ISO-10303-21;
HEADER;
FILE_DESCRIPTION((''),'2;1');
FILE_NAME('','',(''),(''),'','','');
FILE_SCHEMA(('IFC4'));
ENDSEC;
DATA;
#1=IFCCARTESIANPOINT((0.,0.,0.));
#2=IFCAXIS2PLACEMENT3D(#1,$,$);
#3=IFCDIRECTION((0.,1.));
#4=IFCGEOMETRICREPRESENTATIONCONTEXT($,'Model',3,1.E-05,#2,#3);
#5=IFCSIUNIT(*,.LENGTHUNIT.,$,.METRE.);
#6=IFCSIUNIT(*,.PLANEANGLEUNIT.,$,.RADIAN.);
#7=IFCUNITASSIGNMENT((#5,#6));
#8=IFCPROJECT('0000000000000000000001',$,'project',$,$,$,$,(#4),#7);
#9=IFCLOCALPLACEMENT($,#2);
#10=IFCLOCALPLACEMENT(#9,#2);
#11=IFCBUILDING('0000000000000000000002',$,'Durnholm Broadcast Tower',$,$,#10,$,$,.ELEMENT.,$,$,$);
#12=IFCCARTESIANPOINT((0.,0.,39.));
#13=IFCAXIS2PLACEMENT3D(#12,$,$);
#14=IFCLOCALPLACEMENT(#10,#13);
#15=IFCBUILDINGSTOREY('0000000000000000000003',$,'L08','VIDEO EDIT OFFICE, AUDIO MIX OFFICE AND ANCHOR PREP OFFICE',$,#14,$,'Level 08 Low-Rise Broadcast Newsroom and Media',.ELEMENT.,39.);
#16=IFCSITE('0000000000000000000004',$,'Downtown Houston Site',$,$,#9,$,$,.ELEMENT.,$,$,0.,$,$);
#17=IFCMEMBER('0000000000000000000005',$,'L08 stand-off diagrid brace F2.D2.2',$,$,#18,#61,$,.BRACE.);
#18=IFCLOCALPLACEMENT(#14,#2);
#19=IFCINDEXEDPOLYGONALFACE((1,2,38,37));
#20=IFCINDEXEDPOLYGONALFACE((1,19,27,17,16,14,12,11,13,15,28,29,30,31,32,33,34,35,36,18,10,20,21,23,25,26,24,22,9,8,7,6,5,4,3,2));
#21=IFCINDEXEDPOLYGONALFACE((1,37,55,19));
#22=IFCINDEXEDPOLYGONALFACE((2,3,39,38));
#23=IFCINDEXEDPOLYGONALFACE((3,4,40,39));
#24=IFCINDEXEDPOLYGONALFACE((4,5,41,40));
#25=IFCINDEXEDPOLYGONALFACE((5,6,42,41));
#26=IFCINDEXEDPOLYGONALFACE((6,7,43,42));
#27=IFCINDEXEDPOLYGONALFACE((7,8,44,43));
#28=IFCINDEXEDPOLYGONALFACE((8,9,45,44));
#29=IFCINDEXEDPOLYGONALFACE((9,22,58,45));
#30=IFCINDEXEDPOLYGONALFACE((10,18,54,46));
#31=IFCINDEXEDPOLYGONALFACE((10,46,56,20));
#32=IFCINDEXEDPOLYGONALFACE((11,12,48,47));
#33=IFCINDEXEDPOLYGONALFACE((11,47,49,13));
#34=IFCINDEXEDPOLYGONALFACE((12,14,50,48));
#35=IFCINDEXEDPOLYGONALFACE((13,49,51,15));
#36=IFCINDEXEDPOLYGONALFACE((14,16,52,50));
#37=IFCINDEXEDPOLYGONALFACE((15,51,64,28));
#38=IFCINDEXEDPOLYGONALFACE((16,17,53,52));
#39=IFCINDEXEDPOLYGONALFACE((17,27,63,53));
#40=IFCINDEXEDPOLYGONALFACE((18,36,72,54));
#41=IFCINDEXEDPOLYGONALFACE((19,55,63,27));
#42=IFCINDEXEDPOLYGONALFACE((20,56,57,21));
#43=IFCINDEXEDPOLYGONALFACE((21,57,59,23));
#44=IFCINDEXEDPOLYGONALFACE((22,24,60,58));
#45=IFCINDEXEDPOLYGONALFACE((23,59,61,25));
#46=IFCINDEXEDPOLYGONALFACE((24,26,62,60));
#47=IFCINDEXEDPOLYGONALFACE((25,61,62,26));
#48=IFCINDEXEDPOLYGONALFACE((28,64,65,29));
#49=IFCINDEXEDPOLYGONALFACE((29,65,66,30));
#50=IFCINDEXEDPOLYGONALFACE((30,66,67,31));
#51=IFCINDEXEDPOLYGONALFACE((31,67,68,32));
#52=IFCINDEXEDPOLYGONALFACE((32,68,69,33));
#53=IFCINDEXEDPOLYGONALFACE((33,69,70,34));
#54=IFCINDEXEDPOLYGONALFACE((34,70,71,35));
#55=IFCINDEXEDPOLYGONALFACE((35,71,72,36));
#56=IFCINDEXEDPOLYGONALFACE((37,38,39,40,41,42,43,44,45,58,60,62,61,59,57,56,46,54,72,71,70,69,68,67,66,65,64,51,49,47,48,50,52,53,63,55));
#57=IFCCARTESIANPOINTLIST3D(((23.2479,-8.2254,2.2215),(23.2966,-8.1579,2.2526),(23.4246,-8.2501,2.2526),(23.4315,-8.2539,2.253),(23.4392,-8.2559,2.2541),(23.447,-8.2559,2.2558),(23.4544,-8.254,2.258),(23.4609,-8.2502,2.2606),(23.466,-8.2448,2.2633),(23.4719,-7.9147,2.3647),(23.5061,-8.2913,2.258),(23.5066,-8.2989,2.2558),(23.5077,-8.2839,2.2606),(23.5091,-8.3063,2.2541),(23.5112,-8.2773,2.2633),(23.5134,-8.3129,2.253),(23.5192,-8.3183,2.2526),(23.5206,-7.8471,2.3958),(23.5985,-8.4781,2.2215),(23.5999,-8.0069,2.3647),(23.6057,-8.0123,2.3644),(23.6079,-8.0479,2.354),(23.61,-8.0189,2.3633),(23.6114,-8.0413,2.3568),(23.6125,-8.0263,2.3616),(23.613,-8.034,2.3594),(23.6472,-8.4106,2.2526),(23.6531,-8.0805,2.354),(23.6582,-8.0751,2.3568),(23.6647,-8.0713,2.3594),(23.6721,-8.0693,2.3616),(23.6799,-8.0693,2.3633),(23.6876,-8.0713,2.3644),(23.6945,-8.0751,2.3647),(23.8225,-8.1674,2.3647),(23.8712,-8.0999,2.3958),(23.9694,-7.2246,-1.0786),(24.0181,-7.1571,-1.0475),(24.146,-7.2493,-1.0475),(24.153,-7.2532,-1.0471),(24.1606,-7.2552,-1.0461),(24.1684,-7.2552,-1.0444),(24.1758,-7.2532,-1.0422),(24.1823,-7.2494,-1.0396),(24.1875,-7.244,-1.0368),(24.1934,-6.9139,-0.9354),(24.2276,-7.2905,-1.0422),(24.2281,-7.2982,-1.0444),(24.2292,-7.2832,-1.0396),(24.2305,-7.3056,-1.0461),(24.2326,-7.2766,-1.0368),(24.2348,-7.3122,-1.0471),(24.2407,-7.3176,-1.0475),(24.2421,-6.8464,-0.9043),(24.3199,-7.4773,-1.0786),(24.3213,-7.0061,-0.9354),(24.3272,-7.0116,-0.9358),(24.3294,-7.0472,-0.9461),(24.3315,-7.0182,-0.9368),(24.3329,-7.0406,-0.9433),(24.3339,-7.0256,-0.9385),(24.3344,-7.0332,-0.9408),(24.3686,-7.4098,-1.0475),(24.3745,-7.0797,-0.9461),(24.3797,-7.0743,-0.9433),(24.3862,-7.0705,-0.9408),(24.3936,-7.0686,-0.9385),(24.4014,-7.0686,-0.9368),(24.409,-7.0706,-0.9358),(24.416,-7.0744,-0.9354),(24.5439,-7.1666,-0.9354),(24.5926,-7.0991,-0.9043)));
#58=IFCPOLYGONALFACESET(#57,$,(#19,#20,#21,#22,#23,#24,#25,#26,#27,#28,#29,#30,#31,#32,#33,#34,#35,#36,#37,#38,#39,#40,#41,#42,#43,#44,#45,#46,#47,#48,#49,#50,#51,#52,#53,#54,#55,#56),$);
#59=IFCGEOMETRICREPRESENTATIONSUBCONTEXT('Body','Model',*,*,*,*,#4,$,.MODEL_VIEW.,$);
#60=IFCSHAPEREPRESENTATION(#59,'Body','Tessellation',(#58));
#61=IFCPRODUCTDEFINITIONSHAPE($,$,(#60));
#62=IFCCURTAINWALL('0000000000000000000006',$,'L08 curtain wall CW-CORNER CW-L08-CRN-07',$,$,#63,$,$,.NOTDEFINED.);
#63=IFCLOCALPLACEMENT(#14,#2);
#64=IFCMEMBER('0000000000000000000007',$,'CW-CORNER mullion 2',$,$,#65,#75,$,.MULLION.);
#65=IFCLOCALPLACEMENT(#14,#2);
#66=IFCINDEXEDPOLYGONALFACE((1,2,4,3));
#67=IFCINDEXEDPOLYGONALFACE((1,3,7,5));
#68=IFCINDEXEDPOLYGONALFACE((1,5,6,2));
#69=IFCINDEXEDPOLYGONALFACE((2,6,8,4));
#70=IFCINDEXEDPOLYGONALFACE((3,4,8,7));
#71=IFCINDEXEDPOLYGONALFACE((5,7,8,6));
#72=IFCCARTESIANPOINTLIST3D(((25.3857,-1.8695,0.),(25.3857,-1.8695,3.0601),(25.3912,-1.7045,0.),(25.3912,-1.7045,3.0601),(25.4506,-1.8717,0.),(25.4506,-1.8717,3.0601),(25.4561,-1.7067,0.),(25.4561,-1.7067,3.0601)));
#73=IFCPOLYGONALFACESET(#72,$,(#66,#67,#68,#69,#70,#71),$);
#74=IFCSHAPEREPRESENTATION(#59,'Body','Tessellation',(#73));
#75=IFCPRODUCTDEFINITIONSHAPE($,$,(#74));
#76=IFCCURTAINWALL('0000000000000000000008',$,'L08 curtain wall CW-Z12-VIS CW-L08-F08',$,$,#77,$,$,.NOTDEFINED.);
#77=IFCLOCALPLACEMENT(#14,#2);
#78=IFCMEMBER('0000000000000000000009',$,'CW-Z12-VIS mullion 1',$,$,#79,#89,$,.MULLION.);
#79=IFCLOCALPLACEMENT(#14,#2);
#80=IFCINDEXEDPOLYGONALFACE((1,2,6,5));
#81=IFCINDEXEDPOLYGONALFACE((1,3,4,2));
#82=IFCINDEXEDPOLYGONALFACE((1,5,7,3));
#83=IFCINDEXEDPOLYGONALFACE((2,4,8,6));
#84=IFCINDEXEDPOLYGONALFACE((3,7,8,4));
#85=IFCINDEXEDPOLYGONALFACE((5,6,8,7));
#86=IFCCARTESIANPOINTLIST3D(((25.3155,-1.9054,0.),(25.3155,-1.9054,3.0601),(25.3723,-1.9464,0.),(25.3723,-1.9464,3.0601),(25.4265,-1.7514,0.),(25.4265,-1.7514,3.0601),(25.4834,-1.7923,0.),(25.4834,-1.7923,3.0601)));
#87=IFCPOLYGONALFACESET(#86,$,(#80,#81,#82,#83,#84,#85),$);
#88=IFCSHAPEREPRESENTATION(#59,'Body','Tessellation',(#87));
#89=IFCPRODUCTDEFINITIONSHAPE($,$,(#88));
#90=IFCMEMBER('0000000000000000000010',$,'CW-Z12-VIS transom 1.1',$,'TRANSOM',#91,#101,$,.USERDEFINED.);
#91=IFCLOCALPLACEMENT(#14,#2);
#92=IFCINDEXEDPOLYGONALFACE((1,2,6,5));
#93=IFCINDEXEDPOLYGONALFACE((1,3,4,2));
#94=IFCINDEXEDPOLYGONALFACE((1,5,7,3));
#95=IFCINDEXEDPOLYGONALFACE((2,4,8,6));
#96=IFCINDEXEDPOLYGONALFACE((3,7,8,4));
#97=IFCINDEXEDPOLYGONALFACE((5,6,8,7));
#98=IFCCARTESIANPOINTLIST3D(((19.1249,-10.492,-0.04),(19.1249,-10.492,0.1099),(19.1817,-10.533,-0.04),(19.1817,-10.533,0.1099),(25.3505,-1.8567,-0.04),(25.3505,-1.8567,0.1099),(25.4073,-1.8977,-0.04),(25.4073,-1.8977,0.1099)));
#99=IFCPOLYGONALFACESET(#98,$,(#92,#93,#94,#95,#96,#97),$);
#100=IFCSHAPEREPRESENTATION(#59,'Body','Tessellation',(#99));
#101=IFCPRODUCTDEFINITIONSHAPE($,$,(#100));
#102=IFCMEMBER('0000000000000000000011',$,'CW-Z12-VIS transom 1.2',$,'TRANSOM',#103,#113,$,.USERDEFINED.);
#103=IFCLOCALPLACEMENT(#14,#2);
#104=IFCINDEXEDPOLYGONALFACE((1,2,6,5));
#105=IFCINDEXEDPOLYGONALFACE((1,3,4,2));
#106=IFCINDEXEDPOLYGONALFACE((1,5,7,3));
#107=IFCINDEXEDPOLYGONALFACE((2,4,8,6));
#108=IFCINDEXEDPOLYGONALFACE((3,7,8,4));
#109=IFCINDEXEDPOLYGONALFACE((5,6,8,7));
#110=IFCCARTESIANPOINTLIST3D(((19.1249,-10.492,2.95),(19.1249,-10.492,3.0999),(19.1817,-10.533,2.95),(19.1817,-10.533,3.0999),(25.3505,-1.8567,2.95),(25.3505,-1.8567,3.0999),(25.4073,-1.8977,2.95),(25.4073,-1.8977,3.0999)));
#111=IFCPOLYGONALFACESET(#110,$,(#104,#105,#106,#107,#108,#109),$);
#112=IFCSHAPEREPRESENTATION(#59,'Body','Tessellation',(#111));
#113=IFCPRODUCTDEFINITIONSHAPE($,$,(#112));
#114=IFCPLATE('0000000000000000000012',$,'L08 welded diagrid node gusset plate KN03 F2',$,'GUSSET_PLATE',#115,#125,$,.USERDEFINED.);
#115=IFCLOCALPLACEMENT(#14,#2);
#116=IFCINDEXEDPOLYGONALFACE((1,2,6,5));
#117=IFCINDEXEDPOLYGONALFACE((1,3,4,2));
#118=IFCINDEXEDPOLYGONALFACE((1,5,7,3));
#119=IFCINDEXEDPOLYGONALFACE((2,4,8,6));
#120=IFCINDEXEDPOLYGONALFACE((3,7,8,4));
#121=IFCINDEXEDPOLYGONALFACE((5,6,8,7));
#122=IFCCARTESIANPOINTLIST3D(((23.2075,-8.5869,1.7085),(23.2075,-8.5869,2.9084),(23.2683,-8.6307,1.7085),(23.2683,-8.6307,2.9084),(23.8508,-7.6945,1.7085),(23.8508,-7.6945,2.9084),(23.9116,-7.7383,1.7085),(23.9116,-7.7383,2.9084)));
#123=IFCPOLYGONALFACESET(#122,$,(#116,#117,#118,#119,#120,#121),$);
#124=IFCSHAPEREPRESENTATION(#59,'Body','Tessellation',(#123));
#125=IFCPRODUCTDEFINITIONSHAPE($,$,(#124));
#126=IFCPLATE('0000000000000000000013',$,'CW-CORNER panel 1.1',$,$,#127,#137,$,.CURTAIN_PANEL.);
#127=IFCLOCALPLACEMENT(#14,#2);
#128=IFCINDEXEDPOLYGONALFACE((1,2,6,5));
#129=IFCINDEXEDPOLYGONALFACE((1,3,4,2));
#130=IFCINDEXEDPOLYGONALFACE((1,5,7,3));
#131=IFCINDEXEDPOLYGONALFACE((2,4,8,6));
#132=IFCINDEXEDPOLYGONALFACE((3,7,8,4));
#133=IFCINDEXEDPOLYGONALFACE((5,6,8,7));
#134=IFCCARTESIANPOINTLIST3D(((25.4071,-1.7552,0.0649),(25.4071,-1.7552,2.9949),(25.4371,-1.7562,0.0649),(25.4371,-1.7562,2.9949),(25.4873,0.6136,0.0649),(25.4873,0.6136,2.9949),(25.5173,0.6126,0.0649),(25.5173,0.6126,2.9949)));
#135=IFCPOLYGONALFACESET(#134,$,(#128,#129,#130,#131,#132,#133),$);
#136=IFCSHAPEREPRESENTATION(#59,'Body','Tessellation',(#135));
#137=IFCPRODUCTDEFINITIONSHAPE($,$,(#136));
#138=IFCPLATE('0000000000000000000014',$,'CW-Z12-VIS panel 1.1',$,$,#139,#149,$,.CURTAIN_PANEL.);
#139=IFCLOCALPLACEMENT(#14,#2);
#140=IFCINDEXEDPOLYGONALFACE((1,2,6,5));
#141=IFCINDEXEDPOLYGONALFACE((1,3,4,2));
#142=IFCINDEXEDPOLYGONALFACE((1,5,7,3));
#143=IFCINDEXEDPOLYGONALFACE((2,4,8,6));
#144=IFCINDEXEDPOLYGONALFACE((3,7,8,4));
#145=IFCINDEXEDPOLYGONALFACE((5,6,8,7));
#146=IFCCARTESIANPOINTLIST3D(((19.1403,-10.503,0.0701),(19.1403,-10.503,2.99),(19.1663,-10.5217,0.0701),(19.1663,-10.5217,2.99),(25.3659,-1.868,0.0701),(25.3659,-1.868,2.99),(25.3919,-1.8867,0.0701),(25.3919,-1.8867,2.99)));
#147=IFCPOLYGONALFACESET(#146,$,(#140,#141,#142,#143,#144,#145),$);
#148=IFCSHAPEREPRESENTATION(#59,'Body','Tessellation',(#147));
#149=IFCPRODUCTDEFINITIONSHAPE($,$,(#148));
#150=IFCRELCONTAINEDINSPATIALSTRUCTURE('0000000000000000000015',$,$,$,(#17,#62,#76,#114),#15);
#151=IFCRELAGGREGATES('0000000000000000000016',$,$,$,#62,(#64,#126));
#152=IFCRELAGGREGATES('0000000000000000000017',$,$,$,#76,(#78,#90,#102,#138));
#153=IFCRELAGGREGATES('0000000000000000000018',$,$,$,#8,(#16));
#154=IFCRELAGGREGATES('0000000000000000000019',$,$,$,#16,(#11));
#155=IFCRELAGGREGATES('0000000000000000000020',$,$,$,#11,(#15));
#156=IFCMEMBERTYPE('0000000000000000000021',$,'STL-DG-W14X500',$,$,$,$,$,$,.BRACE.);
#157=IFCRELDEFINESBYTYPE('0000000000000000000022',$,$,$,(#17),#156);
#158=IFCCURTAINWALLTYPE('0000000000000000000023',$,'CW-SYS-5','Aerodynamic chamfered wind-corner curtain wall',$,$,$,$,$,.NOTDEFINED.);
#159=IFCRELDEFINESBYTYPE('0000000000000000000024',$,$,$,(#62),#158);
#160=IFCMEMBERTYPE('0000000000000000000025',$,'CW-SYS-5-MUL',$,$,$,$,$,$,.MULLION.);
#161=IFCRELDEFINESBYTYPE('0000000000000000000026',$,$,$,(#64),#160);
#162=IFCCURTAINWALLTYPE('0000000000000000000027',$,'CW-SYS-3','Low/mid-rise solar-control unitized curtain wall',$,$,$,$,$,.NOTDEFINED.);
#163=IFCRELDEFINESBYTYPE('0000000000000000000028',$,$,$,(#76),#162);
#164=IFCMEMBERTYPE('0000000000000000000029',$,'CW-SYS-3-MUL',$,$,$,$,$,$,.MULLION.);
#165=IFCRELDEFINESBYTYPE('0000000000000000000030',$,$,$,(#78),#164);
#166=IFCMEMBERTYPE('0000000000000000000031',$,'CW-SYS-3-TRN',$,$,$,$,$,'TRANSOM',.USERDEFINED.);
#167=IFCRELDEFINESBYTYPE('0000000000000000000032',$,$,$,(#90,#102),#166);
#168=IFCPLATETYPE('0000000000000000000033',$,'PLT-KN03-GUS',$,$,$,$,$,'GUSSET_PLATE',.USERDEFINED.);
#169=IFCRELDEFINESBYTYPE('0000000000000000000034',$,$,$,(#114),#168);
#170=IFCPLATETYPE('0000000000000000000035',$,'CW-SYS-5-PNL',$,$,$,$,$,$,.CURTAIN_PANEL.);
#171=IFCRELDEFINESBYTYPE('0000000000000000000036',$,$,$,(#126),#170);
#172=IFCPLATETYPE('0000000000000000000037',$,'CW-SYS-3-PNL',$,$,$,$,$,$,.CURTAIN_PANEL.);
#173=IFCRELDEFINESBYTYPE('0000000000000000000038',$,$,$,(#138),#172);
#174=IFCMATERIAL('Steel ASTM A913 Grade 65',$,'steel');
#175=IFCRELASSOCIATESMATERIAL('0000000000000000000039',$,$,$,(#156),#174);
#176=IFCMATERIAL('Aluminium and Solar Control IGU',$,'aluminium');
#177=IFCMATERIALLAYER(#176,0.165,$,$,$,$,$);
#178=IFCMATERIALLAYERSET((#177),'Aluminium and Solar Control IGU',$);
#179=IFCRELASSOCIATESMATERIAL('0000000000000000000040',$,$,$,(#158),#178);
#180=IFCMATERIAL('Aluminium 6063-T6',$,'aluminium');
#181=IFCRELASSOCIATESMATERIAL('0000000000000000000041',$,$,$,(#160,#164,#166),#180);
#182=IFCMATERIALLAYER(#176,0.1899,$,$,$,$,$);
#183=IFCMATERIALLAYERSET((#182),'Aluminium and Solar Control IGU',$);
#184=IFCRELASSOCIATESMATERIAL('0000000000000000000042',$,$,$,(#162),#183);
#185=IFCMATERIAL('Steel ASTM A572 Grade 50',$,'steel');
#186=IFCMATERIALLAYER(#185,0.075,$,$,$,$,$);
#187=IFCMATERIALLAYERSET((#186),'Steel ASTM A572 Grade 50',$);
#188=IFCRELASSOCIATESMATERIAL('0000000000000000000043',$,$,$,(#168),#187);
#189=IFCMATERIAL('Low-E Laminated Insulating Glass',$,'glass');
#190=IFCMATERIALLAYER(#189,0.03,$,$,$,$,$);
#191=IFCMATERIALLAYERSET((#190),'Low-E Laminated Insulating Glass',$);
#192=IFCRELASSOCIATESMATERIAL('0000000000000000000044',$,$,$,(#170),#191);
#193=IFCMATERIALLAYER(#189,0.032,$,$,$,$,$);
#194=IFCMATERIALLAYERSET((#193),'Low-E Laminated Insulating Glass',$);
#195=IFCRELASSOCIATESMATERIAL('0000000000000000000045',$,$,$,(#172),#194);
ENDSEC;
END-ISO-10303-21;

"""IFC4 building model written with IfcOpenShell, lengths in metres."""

from ifc_helpers import new_model, si_unit, direction, frame, origin, origin_2d, place, context, subcontext, project, spatial, rectangle, i_section, extrude, source, transform, mapped, material, layer, layer_set, material_profile, profile_set, type_object, type_shapes, element, aggregate, save


model = new_model("IFC4")

# Units and contexts
model_context = context("Model", 3, precision=1e-05, world=origin(), true_north=direction((0.0, 1.0)))
body_context = subcontext(model_context, "Body", "Model", "MODEL_VIEW")
ifc_project = project(units=[si_unit("LENGTHUNIT", "METRE"), si_unit("PLANEANGLEUNIT", "RADIAN")], contexts=[model_context])

# Site, building, storey
site_placement = place(None, origin())
site = spatial("IfcSite", under=ifc_project, at=site_placement, Name="Downtown Houston Site", CompositionType="ELEMENT", RefElevation=0.0)
building_placement = place(site_placement, origin())
building = spatial("IfcBuilding", under=site, at=building_placement, Name="Durnholm Broadcast Tower", CompositionType="ELEMENT")
storey_placement = place(building_placement, frame((0.0, 0.0, 39.0)))
storey = spatial("IfcBuildingStorey", under=building, at=storey_placement, Name="L08", Description="VIDEO EDIT OFFICE, AUDIO MIX OFFICE AND ANCHOR PREP OFFICE", LongName="Level 08 Low-Rise Broadcast Newsroom and Media", CompositionType="ELEMENT", Elevation=39.0)

# Member
ifc_material_1 = material(Name="Steel ASTM A913 Grade 65", Category="steel")
ifc_material_profile_1 = material_profile(ifc_material_1, i_section(OverallWidth=0.4321, OverallDepth=0.4978, WebThickness=0.0557, FlangeThickness=0.0889, FilletRadius=0.0305, at=origin_2d()), Name="W14X500")
ifc_profile_set_1 = profile_set([ifc_material_profile_1], Name="Steel ASTM A913 Grade 65")
member_type_1 = type_object("IfcMemberType", Name="STL-DG-W14X500", PredefinedType="BRACE", material=ifc_profile_set_1)
shared_shape_1 = source(origin(), body_context, "Body", "SweptSolid", [
    extrude(i_section(OverallWidth=0.4321, OverallDepth=0.4978, WebThickness=0.0557, FlangeThickness=0.0889, FilletRadius=0.0305, at=origin_2d()), origin(), (0.0, 0.0, 1.0), 3.5232),
])
type_shapes(member_type_1, [shared_shape_1])
for number, where, z_axis, x_axis, name in (
    (1, (24.281, -7.1619, -0.9915), (-0.204773, -0.284049, 0.936688), (0.811185, -0.584789, 0.0), "L08 stand-off diagrid brace F2.D2.2"),
):
    element("IfcMember", number, at=place(storey_placement, frame(where, z_axis=z_axis, x_axis=x_axis)), inside=storey, type_object=member_type_1, Name=name, PredefinedType="BRACE", context=body_context, shape_type="MappedRepresentation", body=[
        mapped(shared_shape_1, transform((0.0, 0.0, 0.0), x_axis=(1.0, 0.0, 0.0), y_axis=(0.0, 1.0, 0.0), z_axis=(0.0, 0.0, 1.0), scale=1.0)),
    ])

# Curtain wall, member
ifc_material_2 = material(Name="Aluminium and Solar Control IGU", Category="aluminium")
ifc_layer_1 = layer(ifc_material_2, 0.165)
ifc_layer_set_1 = layer_set([ifc_layer_1], Name="Aluminium and Solar Control IGU")
curtain_wall_type_1 = type_object("IfcCurtainWallType", Name="CW-SYS-5", Description="Aerodynamic chamfered wind-corner curtain wall", PredefinedType="NOTDEFINED", material=ifc_layer_set_1)
curtain_wall_1_placement = place(storey_placement, origin())
curtain_wall_1 = element("IfcCurtainWall", 2, at=curtain_wall_1_placement, inside=storey, type_object=curtain_wall_type_1, Name="L08 curtain wall CW-CORNER CW-L08-CRN-07", PredefinedType="NOTDEFINED")
ifc_material_3 = material(Name="Aluminium 6063-T6", Category="aluminium")
ifc_material_profile_2 = material_profile(ifc_material_3, rectangle(XDim=0.0649, YDim=0.165, at=origin_2d()), Name="CWM65X165")
ifc_profile_set_2 = profile_set([ifc_material_profile_2], Name="Aluminium 6063-T6")
member_type_2 = type_object("IfcMemberType", Name="CW-SYS-5-MUL", PredefinedType="MULLION", material=ifc_profile_set_2)
shared_shape_2 = source(origin(), body_context, "Body", "SweptSolid", [
    extrude(rectangle(XDim=0.0649, YDim=0.165, at=origin_2d()), origin(), (0.0, 0.0, 1.0), 3.0601),
])
type_shapes(member_type_2, [shared_shape_2])
member_1_placement = place(storey_placement, frame((25.4209, -1.7881, 0.0), z_axis=(0.0, 0.0, 1.0), x_axis=(0.999427, -0.03384, 0.0)))
member_1 = element("IfcMember", 3, at=member_1_placement, type_object=member_type_2, Name="CW-CORNER mullion 2", PredefinedType="MULLION", context=body_context, shape_type="MappedRepresentation", body=[
    mapped(shared_shape_2, transform((0.0, 0.0, 0.0), x_axis=(1.0, 0.0, 0.0), y_axis=(0.0, 1.0, 0.0), z_axis=(0.0, 0.0, 1.0), scale=1.0)),
])

# Curtain wall, members
ifc_layer_2 = layer(ifc_material_2, 0.1899)
ifc_layer_set_2 = layer_set([ifc_layer_2], Name="Aluminium and Solar Control IGU")
curtain_wall_type_2 = type_object("IfcCurtainWallType", Name="CW-SYS-3", Description="Low/mid-rise solar-control unitized curtain wall", PredefinedType="NOTDEFINED", material=ifc_layer_set_2)
curtain_wall_2_placement = place(storey_placement, origin())
curtain_wall_2 = element("IfcCurtainWall", 4, at=curtain_wall_2_placement, inside=storey, type_object=curtain_wall_type_2, Name="L08 curtain wall CW-Z12-VIS CW-L08-F08", PredefinedType="NOTDEFINED")
ifc_material_profile_3 = material_profile(ifc_material_3, rectangle(XDim=0.0701, YDim=0.1899, at=origin_2d()), Name="CWM70X190")
ifc_profile_set_3 = profile_set([ifc_material_profile_3], Name="Aluminium 6063-T6")
member_type_3 = type_object("IfcMemberType", Name="CW-SYS-3-MUL", PredefinedType="MULLION", material=ifc_profile_set_3)
shared_shape_3 = source(origin(), body_context, "Body", "SweptSolid", [
    extrude(rectangle(XDim=0.0701, YDim=0.1899, at=origin_2d()), origin(), (0.0, 0.0, 1.0), 3.0601),
])
type_shapes(member_type_3, [shared_shape_3])
member_2_placement = place(storey_placement, frame((25.3994, -1.8489, 0.0), z_axis=(0.0, 0.0, 1.0), x_axis=(0.811161, -0.584823, 0.0)))
member_2 = element("IfcMember", 5, at=member_2_placement, type_object=member_type_3, Name="CW-Z12-VIS mullion 1", PredefinedType="MULLION", context=body_context, shape_type="MappedRepresentation", body=[
    mapped(shared_shape_3, transform((0.0, 0.0, 0.0), x_axis=(1.0, 0.0, 0.0), y_axis=(0.0, 1.0, 0.0), z_axis=(0.0, 0.0, 1.0), scale=1.0)),
])
ifc_material_profile_4 = material_profile(ifc_material_3, rectangle(XDim=0.0701, YDim=0.1499, at=origin_2d()), Name="CWT70X150")
ifc_profile_set_4 = profile_set([ifc_material_profile_4], Name="Aluminium 6063-T6")
member_type_4 = type_object("IfcMemberType", Name="CW-SYS-3-TRN", ElementType="TRANSOM", PredefinedType="USERDEFINED", material=ifc_profile_set_4)
shared_shape_4 = source(origin(), body_context, "Body", "SweptSolid", [
    extrude(rectangle(XDim=0.0701, YDim=0.1499, at=origin_2d()), origin(), (0.0, 0.0, 1.0), 10.6455),
])
type_shapes(member_type_4, [shared_shape_4])
member_3_placement = place(storey_placement, frame((25.3789, -1.8772, 0.0349), z_axis=(-0.584812, -0.811169, 0.0), x_axis=(0.811169, -0.584812, 0.0)))
member_3 = element("IfcMember", 6, at=member_3_placement, type_object=member_type_4, Name="CW-Z12-VIS transom 1.1", ObjectType="TRANSOM", PredefinedType="USERDEFINED", context=body_context, shape_type="MappedRepresentation", body=[
    mapped(shared_shape_4, transform((0.0, 0.0, 0.0), x_axis=(1.0, 0.0, 0.0), y_axis=(0.0, 1.0, 0.0), z_axis=(0.0, 0.0, 1.0), scale=1.0)),
])
member_4_placement = place(storey_placement, frame((25.3789, -1.8772, 3.0249), z_axis=(-0.584812, -0.811169, 0.0), x_axis=(0.811169, -0.584812, 0.0)))
member_4 = element("IfcMember", 7, at=member_4_placement, type_object=member_type_4, Name="CW-Z12-VIS transom 1.2", ObjectType="TRANSOM", PredefinedType="USERDEFINED", context=body_context, shape_type="MappedRepresentation", body=[
    mapped(shared_shape_4, transform((0.0, 0.0, 0.0), x_axis=(1.0, 0.0, 0.0), y_axis=(0.0, 1.0, 0.0), z_axis=(0.0, 0.0, 1.0), scale=1.0)),
])

# Plates
ifc_material_4 = material(Name="Steel ASTM A572 Grade 50", Category="steel")
ifc_layer_3 = layer(ifc_material_4, 0.075)
ifc_layer_set_3 = layer_set([ifc_layer_3], Name="Steel ASTM A572 Grade 50")
plate_type_1 = type_object("IfcPlateType", Name="PLT-KN03-GUS", ElementType="GUSSET_PLATE", PredefinedType="USERDEFINED", material=ifc_layer_set_3)
shared_shape_5 = source(origin(), body_context, "Body", "SweptSolid", [
    extrude(rectangle(XDim=1.1001, YDim=0.075, at=origin_2d()), origin(), (0.0, 0.0, 1.0), 1.2),
])
type_shapes(plate_type_1, [shared_shape_5])
plate_1_placement = place(storey_placement, frame((23.5596, -8.1626, 1.7085), z_axis=(0.0, 0.0, 1.0), x_axis=(0.584816, 0.811166, 0.0)))
element("IfcPlate", 8, at=plate_1_placement, inside=storey, type_object=plate_type_1, Name="L08 welded diagrid node gusset plate KN03 F2", ObjectType="GUSSET_PLATE", PredefinedType="USERDEFINED", context=body_context, shape_type="MappedRepresentation", body=[
    mapped(shared_shape_5, transform((0.0, 0.0, 0.0), x_axis=(1.0, 0.0, 0.0), y_axis=(0.0, 1.0, 0.0), z_axis=(0.0, 0.0, 1.0), scale=1.0)),
])
ifc_material_5 = material(Name="Low-E Laminated Insulating Glass", Category="glass")
ifc_layer_4 = layer(ifc_material_5, 0.03)
ifc_layer_set_4 = layer_set([ifc_layer_4], Name="Low-E Laminated Insulating Glass")
plate_type_2 = type_object("IfcPlateType", Name="CW-SYS-5-PNL", PredefinedType="CURTAIN_PANEL", material=ifc_layer_set_4)
shared_shape_6 = source(origin(), body_context, "Body", "SweptSolid", [
    extrude(rectangle(XDim=2.3701, YDim=0.03, at=origin_2d()), origin(), (0.0, 0.0, 1.0), 2.9299),
])
type_shapes(plate_type_2, [shared_shape_6])
plate_2_placement = place(storey_placement, frame((25.4622, -0.5713, 0.0649), z_axis=(0.0, 0.0, 1.0), x_axis=(-0.03384, -0.999427, 0.0)))
plate_2 = element("IfcPlate", 9, at=plate_2_placement, type_object=plate_type_2, Name="CW-CORNER panel 1.1", PredefinedType="CURTAIN_PANEL", context=body_context, shape_type="MappedRepresentation", body=[
    mapped(shared_shape_6, transform((0.0, 0.0, 0.0), x_axis=(1.0, 0.0, 0.0), y_axis=(0.0, 1.0, 0.0), z_axis=(0.0, 0.0, 1.0), scale=1.0)),
])
aggregate(curtain_wall_1, [member_1, plate_2])
ifc_layer_5 = layer(ifc_material_5, 0.032)
ifc_layer_set_5 = layer_set([ifc_layer_5], Name="Low-E Laminated Insulating Glass")
plate_type_3 = type_object("IfcPlateType", Name="CW-SYS-3-PNL", PredefinedType="CURTAIN_PANEL", material=ifc_layer_set_5)
shared_shape_7 = source(origin(), body_context, "Body", "SweptSolid", [
    extrude(rectangle(XDim=10.6453, YDim=0.032, at=origin_2d()), origin(), (0.0, 0.0, 1.0), 2.9199),
])
type_shapes(plate_type_3, [shared_shape_7])
plate_3_placement = place(storey_placement, frame((22.2661, -6.1948, 0.0701), z_axis=(0.0, 0.0, 1.0), x_axis=(-0.584823, -0.811161, 0.0)))
plate_3 = element("IfcPlate", 10, at=plate_3_placement, type_object=plate_type_3, Name="CW-Z12-VIS panel 1.1", PredefinedType="CURTAIN_PANEL", context=body_context, shape_type="MappedRepresentation", body=[
    mapped(shared_shape_7, transform((0.0, 0.0, 0.0), x_axis=(1.0, 0.0, 0.0), y_axis=(0.0, 1.0, 0.0), z_axis=(0.0, 0.0, 1.0), scale=1.0)),
])
aggregate(curtain_wall_2, [member_2, member_3, member_4, plate_3])

save(model, "model.ifc")
